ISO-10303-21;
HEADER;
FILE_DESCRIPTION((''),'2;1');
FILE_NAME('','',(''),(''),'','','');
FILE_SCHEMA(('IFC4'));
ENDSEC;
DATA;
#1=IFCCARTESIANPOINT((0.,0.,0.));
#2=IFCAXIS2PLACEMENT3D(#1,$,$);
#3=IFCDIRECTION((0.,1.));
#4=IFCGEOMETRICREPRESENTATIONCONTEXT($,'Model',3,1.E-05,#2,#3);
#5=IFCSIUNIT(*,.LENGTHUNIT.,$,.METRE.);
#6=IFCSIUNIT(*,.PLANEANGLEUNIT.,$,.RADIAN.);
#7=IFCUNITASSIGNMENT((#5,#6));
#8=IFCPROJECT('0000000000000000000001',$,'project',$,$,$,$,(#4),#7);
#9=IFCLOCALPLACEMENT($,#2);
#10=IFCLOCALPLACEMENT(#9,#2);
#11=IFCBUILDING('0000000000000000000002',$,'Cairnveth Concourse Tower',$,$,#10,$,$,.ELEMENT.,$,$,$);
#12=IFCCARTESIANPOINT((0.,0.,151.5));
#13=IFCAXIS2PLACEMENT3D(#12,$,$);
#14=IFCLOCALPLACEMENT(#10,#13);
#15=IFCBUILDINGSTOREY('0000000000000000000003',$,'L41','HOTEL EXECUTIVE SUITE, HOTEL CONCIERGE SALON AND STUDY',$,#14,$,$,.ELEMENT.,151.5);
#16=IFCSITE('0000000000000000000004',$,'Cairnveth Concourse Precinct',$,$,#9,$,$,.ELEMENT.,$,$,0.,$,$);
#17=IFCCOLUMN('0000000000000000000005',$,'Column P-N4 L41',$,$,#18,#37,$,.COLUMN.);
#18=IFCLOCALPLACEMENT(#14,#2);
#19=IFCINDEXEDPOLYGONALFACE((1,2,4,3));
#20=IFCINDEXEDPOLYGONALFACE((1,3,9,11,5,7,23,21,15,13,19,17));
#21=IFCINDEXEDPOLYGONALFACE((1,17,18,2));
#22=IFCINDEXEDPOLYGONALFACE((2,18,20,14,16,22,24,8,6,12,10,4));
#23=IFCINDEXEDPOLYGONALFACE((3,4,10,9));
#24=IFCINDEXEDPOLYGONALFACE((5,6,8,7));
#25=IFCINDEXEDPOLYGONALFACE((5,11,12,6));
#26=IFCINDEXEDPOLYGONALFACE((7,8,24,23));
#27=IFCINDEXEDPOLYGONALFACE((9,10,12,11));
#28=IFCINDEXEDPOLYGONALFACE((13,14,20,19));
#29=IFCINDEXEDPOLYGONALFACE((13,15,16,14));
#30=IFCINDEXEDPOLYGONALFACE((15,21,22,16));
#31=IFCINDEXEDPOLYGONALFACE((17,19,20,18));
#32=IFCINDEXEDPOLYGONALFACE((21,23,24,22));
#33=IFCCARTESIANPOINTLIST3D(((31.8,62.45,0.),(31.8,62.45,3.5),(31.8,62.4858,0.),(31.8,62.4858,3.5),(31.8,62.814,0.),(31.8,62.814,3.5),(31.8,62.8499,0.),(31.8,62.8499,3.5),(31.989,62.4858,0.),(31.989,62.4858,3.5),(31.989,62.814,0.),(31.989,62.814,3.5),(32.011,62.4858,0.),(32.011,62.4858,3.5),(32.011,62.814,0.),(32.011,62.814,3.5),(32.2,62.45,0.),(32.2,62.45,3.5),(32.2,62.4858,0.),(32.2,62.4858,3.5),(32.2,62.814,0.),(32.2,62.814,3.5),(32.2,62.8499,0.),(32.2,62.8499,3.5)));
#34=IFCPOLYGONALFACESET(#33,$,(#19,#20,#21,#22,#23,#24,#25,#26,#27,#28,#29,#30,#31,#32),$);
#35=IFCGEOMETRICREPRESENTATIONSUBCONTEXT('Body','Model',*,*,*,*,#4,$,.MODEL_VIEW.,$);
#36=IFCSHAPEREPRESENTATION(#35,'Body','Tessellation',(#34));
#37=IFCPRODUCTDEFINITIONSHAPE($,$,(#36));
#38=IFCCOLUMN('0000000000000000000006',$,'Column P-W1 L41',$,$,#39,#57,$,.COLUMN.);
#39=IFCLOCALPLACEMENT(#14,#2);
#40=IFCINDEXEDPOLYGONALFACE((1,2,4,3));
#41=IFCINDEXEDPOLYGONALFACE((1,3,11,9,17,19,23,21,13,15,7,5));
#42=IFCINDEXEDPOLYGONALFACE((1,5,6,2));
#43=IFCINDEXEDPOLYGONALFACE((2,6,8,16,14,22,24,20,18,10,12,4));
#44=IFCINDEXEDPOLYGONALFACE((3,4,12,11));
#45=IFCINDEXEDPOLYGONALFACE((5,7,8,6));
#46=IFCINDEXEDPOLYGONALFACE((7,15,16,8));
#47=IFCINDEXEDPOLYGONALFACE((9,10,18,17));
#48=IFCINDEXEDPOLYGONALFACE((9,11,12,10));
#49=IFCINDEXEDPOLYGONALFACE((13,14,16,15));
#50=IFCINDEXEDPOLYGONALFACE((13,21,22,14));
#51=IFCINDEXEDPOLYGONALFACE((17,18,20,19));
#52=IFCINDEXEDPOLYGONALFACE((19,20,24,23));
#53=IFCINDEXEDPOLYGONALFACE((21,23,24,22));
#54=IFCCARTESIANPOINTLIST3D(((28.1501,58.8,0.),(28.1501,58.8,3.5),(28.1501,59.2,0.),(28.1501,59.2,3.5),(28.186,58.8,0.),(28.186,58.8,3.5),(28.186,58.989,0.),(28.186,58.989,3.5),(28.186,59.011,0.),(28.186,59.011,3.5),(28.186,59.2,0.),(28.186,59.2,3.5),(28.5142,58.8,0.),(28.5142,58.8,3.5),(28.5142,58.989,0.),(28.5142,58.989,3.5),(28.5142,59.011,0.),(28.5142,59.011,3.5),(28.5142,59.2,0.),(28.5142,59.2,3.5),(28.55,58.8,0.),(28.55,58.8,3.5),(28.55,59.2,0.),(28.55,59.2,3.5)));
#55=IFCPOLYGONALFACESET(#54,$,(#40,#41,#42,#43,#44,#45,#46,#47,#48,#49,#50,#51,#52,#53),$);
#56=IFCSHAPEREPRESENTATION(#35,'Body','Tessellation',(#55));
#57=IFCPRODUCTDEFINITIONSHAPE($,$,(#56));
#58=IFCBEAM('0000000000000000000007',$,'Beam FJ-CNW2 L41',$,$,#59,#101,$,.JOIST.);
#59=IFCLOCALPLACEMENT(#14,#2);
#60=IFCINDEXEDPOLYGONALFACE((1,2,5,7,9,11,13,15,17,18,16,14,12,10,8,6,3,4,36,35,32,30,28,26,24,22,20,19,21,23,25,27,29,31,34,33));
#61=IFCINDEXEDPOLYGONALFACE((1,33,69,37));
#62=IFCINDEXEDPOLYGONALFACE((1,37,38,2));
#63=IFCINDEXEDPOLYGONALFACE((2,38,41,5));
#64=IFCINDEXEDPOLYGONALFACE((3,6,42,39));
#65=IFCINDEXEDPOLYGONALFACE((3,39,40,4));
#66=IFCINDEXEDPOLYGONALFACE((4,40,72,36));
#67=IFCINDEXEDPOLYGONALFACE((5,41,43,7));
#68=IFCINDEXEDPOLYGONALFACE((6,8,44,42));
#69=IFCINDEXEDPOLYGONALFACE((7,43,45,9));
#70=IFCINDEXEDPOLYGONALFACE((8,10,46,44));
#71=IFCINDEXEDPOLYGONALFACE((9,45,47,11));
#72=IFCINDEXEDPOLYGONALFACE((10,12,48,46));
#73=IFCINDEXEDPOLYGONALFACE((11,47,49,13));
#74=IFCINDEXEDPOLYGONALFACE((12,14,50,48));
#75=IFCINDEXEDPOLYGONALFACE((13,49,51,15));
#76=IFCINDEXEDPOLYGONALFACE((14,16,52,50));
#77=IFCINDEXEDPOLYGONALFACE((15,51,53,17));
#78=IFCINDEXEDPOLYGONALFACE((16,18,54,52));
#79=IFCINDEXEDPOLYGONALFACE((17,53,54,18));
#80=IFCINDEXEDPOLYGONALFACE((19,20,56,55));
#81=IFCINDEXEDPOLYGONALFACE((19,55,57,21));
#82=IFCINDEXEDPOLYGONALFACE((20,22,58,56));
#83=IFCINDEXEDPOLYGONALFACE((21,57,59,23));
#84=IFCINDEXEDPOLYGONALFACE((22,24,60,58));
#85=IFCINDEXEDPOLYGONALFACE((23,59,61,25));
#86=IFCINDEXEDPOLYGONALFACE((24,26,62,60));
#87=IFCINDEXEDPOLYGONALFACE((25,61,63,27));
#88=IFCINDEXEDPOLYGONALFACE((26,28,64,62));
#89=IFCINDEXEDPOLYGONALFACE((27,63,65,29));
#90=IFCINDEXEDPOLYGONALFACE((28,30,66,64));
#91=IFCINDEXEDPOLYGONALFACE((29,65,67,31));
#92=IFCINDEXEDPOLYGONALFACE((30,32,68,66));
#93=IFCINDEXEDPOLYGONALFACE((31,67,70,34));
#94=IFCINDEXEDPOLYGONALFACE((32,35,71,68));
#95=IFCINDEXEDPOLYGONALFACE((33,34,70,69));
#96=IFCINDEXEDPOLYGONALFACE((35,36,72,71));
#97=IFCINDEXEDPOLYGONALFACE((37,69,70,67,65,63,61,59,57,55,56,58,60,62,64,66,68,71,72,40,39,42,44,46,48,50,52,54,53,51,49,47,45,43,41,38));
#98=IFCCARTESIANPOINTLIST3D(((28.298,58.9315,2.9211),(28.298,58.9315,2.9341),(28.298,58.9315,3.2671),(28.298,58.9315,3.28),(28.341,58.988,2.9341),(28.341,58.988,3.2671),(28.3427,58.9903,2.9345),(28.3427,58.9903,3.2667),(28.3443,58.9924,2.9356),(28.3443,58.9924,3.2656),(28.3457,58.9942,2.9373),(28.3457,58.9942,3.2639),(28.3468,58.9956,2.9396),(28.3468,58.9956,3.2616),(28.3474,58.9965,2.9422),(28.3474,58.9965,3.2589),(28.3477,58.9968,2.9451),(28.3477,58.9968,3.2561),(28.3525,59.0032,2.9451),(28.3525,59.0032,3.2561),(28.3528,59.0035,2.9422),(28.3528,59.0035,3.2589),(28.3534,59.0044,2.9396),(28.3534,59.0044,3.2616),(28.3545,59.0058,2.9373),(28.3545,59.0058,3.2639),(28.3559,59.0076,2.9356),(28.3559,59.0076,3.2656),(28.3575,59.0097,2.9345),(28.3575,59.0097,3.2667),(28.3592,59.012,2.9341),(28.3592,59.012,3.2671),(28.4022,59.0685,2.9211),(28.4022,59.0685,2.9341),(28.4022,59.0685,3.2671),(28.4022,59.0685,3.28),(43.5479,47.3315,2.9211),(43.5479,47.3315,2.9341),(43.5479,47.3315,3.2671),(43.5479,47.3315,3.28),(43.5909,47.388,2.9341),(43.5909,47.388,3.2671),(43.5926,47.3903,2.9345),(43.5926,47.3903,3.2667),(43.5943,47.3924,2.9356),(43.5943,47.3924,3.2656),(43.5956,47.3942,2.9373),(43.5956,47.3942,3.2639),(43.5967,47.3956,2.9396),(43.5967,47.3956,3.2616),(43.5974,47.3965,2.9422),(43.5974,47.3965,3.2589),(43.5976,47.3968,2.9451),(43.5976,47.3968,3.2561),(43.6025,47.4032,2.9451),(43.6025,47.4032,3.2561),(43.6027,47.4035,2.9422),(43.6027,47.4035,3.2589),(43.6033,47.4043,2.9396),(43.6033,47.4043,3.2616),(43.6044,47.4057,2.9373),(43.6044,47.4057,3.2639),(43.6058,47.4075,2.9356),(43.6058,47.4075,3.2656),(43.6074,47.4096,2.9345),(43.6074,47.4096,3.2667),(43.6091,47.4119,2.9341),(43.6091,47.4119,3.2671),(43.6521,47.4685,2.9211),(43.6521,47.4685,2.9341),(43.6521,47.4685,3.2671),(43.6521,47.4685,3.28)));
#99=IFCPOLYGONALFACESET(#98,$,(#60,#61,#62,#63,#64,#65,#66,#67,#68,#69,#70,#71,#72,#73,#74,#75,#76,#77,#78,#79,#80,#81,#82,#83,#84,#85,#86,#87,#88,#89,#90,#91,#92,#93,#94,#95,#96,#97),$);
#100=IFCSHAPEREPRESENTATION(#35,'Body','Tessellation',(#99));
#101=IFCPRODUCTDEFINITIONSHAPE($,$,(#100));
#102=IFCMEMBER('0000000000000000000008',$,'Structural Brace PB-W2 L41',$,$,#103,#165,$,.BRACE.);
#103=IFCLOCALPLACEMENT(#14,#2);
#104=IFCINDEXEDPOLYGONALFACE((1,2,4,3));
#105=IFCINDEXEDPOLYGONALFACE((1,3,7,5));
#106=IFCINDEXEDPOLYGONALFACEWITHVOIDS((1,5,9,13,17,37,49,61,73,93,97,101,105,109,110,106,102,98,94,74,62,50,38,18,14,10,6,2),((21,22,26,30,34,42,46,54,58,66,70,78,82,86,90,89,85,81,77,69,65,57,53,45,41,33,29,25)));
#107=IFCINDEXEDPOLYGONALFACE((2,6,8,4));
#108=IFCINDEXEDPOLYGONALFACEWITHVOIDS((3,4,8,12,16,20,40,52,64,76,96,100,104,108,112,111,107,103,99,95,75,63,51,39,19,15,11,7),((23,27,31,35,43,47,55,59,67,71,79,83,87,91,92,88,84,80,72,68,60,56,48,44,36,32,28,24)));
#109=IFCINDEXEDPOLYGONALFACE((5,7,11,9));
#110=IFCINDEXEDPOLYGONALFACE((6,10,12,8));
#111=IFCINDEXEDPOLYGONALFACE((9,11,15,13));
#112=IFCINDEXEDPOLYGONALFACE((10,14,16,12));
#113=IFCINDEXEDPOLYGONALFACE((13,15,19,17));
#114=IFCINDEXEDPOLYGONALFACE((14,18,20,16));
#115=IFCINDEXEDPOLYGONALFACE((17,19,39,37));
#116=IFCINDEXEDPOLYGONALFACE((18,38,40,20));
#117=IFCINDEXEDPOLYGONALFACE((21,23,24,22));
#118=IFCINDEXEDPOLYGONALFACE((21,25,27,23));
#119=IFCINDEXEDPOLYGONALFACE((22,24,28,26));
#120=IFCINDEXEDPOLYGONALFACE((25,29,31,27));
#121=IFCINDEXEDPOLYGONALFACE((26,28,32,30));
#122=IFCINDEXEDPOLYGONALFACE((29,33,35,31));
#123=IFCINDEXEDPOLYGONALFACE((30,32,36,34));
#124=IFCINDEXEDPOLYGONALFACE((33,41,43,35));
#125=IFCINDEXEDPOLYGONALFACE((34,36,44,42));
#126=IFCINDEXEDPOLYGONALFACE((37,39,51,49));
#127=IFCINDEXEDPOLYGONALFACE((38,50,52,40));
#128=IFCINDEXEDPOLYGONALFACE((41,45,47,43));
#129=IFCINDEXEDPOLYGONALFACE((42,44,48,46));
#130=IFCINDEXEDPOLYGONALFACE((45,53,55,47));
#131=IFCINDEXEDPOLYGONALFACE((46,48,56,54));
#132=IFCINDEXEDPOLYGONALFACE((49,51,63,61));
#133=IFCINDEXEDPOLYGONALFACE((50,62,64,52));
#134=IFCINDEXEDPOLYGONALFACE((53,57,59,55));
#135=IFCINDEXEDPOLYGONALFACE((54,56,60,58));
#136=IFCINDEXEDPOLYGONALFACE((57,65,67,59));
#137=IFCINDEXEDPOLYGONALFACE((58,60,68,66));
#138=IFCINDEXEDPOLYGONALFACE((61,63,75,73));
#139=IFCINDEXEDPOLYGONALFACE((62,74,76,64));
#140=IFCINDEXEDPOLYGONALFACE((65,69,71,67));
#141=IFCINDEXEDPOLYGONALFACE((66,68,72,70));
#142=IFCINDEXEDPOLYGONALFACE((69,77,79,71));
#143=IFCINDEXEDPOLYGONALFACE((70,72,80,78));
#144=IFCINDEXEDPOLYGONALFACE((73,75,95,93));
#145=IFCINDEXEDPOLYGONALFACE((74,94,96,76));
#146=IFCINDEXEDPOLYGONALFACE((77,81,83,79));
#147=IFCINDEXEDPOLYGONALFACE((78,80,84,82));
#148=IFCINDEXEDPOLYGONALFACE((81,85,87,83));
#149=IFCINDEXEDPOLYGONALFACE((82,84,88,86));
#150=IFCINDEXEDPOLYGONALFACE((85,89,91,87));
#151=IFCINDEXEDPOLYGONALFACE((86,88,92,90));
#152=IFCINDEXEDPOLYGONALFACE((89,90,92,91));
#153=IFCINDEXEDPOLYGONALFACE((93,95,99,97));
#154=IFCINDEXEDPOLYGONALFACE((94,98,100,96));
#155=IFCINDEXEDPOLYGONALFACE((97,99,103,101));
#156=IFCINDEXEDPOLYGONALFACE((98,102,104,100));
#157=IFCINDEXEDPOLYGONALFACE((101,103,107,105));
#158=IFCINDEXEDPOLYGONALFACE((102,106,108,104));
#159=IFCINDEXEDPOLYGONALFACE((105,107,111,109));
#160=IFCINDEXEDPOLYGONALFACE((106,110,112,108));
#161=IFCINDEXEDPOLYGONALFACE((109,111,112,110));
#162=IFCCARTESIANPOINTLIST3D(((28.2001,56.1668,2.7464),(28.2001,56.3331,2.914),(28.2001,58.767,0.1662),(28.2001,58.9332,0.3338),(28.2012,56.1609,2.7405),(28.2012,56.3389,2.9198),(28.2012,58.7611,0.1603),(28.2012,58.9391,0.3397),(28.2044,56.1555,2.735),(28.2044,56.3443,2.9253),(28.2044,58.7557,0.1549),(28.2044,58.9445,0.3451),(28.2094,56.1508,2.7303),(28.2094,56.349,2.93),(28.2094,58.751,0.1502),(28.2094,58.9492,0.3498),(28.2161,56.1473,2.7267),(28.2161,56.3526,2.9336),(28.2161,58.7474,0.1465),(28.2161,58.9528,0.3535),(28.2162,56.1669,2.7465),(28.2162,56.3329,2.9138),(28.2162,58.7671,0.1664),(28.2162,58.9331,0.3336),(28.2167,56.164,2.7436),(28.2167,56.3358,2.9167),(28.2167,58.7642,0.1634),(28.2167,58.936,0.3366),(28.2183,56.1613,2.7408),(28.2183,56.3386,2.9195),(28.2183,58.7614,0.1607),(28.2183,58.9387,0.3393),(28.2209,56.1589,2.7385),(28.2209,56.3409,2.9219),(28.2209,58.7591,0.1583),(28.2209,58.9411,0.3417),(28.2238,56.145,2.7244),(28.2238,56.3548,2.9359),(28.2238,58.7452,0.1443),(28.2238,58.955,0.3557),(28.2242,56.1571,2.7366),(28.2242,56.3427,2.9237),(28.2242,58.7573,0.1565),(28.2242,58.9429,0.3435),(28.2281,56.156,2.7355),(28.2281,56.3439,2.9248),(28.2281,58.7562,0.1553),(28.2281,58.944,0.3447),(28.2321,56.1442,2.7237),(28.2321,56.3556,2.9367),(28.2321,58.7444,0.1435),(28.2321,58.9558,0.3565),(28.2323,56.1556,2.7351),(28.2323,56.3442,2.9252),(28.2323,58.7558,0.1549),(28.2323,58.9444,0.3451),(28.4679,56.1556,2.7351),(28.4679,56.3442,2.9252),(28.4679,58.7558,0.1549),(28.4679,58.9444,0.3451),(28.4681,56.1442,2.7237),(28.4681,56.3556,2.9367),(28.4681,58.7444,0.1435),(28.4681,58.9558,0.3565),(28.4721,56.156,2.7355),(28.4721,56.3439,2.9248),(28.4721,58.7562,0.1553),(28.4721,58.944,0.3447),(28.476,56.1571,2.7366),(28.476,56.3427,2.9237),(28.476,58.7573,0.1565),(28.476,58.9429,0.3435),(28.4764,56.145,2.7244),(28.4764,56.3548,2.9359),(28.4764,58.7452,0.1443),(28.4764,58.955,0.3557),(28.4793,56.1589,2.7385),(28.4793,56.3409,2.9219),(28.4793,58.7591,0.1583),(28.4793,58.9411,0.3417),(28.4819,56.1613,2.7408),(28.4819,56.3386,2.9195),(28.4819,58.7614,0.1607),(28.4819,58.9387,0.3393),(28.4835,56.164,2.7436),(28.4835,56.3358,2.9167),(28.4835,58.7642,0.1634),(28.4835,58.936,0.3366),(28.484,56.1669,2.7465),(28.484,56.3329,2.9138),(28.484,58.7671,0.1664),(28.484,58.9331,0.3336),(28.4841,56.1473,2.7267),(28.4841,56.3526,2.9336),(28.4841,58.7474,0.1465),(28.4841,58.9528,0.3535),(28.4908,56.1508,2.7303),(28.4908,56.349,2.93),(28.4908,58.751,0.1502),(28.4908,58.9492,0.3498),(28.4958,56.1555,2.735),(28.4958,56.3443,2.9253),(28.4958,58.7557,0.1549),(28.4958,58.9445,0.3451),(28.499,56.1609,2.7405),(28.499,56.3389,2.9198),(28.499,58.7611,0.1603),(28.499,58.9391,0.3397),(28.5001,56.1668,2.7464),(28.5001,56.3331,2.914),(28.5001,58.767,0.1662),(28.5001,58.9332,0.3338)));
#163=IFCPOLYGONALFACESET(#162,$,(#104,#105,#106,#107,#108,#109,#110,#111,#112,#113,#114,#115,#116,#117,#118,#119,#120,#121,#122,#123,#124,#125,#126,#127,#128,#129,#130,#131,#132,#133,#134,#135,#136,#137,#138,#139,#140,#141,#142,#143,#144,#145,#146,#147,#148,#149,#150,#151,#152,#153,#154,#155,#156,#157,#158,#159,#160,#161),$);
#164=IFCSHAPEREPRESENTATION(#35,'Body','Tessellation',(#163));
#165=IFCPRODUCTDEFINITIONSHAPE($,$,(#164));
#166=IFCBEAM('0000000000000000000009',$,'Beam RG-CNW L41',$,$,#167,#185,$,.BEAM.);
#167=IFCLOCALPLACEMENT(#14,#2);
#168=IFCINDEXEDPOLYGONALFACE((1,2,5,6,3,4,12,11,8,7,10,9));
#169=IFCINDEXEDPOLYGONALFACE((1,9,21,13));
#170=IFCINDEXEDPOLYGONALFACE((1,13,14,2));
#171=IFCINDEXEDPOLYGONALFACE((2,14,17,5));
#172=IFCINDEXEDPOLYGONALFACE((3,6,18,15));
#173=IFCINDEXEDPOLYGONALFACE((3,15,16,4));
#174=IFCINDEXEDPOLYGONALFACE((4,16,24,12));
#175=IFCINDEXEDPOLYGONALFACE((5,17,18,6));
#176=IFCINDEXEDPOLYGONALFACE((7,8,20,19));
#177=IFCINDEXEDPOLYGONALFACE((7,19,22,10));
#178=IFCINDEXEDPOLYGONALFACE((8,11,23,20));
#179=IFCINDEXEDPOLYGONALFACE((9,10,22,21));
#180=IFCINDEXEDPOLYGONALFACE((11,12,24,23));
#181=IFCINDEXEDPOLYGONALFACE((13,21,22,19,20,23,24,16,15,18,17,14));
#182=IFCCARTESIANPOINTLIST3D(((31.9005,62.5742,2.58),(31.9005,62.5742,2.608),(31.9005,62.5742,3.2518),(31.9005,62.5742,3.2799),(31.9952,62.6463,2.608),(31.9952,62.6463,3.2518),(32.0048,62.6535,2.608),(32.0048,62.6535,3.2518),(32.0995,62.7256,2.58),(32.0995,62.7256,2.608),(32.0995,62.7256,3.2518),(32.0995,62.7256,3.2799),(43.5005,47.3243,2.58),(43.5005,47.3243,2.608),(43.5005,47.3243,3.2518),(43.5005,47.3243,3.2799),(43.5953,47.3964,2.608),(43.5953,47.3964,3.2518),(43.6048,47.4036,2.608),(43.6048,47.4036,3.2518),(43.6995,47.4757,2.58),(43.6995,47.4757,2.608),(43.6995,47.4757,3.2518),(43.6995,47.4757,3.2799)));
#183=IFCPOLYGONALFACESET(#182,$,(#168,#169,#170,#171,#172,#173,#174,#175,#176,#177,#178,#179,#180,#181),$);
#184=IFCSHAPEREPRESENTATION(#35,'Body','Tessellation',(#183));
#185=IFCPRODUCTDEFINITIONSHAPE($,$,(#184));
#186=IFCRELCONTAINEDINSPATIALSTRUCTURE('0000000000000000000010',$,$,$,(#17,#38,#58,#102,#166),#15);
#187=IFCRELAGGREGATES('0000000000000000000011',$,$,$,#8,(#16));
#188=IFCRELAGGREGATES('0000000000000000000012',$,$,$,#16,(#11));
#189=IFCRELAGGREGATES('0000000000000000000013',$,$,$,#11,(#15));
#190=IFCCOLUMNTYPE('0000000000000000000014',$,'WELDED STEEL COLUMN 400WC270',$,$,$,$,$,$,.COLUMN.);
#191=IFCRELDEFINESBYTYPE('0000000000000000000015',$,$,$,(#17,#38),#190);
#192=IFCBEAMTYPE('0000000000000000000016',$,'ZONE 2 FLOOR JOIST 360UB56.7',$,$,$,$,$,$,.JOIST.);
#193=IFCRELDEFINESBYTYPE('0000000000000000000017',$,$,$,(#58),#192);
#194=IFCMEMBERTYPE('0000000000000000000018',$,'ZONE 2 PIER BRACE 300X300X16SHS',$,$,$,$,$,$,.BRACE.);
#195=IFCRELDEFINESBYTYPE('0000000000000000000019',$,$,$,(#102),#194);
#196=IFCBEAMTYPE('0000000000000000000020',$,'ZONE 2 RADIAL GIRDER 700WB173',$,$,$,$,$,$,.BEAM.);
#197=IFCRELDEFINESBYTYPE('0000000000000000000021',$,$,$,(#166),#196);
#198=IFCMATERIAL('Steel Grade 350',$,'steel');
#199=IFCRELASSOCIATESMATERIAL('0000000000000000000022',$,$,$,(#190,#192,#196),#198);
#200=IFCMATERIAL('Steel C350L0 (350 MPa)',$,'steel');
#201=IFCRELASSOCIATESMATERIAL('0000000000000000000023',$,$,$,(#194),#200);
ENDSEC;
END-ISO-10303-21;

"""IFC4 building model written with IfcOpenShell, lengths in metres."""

from ifc_helpers import new_model, si_unit, direction, frame, origin, origin_2d, place, context, subcontext, project, spatial, hollow_rectangle, i_section, extrude, material, material_profile, profile_set, type_object, element, save


model = new_model("IFC4")

# Units and contexts
model_context = context("Model", 3, precision=1e-05, world=origin(), true_north=direction((0.0, 1.0)))
body_context = subcontext(model_context, "Body", "Model", "MODEL_VIEW")
ifc_project = project(units=[si_unit("LENGTHUNIT", "METRE"), si_unit("PLANEANGLEUNIT", "RADIAN")], contexts=[model_context])

# Site, building, storey
site_placement = place(None, origin())
site = spatial("IfcSite", under=ifc_project, at=site_placement, Name="Cairnveth Concourse Precinct", CompositionType="ELEMENT", RefElevation=0.0)
building_placement = place(site_placement, origin())
building = spatial("IfcBuilding", under=site, at=building_placement, Name="Cairnveth Concourse Tower", CompositionType="ELEMENT")
storey_placement = place(building_placement, frame((0.0, 0.0, 151.5)))
storey = spatial("IfcBuildingStorey", under=building, at=storey_placement, Name="L41", Description="HOTEL EXECUTIVE SUITE, HOTEL CONCIERGE SALON AND STUDY", CompositionType="ELEMENT", Elevation=151.5)

# Columns
ifc_material_1 = material(Name="Steel Grade 350", Category="steel")
ifc_material_profile_1 = material_profile(ifc_material_1, i_section(OverallWidth=0.3999, OverallDepth=0.3999, WebThickness=0.022, FlangeThickness=0.0359, at=origin_2d()), Name="400WC270")
ifc_profile_set_1 = profile_set([ifc_material_profile_1], Name="Steel Grade 350")
column_type = type_object("IfcColumnType", Name="WELDED STEEL COLUMN 400WC270", PredefinedType="COLUMN", material=ifc_profile_set_1)
for number, where, z_axis, x_axis, name in (
    (1, (32.0, 62.6499, 0.0), (0.0, 0.0, 1.0), (1.0, 0.0, 0.0), "Column P-N4 L41"),
    (2, (28.3501, 59.0, 0.0), (0.0, 0.0, 1.0), (0.0, 1.0, 0.0), "Column P-W1 L41"),
):
    element("IfcColumn", number, at=place(storey_placement, frame(where, z_axis=z_axis, x_axis=x_axis)), inside=storey, type_object=column_type, Name=name, PredefinedType="COLUMN", context=body_context, shape_type="SweptSolid", body=[
        extrude(i_section(OverallWidth=0.3999, OverallDepth=0.3999, WebThickness=0.022, FlangeThickness=0.0359, at=origin_2d()), origin(), (0.0, 0.0, 1.0), 3.5),
    ])

# Beam
ifc_material_profile_2 = material_profile(ifc_material_1, i_section(OverallWidth=0.1721, OverallDepth=0.3589, WebThickness=0.0081, FlangeThickness=0.0129, FilletRadius=0.011, at=origin_2d()), Name="360UB56.7")
ifc_profile_set_2 = profile_set([ifc_material_profile_2], Name="Steel Grade 350")
beam_type_1 = type_object("IfcBeamType", Name="ZONE 2 FLOOR JOIST 360UB56.7", PredefinedType="JOIST", material=ifc_profile_set_2)
beam_1_placement = place(storey_placement, frame((28.3501, 59.0, 3.1006), z_axis=(0.795908, -0.605417, 0.0), x_axis=(0.605417, 0.795908, 0.0)))
element("IfcBeam", 3, at=beam_1_placement, inside=storey, type_object=beam_type_1, Name="Beam FJ-CNW2 L41", PredefinedType="JOIST", context=body_context, shape_type="SweptSolid", body=[
    extrude(i_section(OverallWidth=0.1721, OverallDepth=0.3589, WebThickness=0.0081, FlangeThickness=0.0129, FilletRadius=0.011, at=origin_2d()), origin(), (0.0, 0.0, 1.0), 19.1604),
])

# Member
ifc_material_2 = material(Name="Steel C350L0 (350 MPa)", Category="steel")
ifc_material_profile_3 = material_profile(ifc_material_2, hollow_rectangle(XDim=0.3, YDim=0.3, WallThickness=0.0161, InnerFilletRadius=0.0161, OuterFilletRadius=0.032, at=origin_2d()), Name="300x300x16.0SHS")
ifc_profile_set_3 = profile_set([ifc_material_profile_3], Name="Steel C350L0 (350 MPa)")
member_type = type_object("IfcMemberType", Name="ZONE 2 PIER BRACE 300X300X16SHS", PredefinedType="BRACE", material=ifc_profile_set_3)
member_placement = place(storey_placement, frame((28.3501, 58.8501, 0.25), z_axis=(0.0, -0.709834, 0.704369), x_axis=(1.0, 0.0, 0.0)))
element("IfcMember", 4, at=member_placement, inside=storey, type_object=member_type, Name="Structural Brace PB-W2 L41", PredefinedType="BRACE", context=body_context, shape_type="SweptSolid", body=[
    extrude(hollow_rectangle(XDim=0.3, YDim=0.3, WallThickness=0.0161, InnerFilletRadius=0.0161, OuterFilletRadius=0.032, at=origin_2d()), origin(), (0.0, 0.0, 1.0), 3.6631),
])

# Beam
ifc_material_profile_4 = material_profile(ifc_material_1, i_section(OverallWidth=0.25, OverallDepth=0.7, WebThickness=0.012, FlangeThickness=0.0281, at=origin_2d()), Name="700WB173")
ifc_profile_set_4 = profile_set([ifc_material_profile_4], Name="Steel Grade 350")
beam_type_2 = type_object("IfcBeamType", Name="ZONE 2 RADIAL GIRDER 700WB173", PredefinedType="BEAM", material=ifc_profile_set_4)
beam_2_placement = place(storey_placement, frame((32.0, 62.6499, 2.9299), z_axis=(0.605417, -0.795908, 0.0), x_axis=(0.795908, 0.605417, 0.0)))
element("IfcBeam", 5, at=beam_2_placement, inside=storey, type_object=beam_type_2, Name="Beam RG-CNW L41", PredefinedType="BEAM", context=body_context, shape_type="SweptSolid", body=[
    extrude(i_section(OverallWidth=0.25, OverallDepth=0.7, WebThickness=0.012, FlangeThickness=0.0281, at=origin_2d()), origin(), (0.0, 0.0, 1.0), 19.1604),
])

save(model, "model.ifc")
